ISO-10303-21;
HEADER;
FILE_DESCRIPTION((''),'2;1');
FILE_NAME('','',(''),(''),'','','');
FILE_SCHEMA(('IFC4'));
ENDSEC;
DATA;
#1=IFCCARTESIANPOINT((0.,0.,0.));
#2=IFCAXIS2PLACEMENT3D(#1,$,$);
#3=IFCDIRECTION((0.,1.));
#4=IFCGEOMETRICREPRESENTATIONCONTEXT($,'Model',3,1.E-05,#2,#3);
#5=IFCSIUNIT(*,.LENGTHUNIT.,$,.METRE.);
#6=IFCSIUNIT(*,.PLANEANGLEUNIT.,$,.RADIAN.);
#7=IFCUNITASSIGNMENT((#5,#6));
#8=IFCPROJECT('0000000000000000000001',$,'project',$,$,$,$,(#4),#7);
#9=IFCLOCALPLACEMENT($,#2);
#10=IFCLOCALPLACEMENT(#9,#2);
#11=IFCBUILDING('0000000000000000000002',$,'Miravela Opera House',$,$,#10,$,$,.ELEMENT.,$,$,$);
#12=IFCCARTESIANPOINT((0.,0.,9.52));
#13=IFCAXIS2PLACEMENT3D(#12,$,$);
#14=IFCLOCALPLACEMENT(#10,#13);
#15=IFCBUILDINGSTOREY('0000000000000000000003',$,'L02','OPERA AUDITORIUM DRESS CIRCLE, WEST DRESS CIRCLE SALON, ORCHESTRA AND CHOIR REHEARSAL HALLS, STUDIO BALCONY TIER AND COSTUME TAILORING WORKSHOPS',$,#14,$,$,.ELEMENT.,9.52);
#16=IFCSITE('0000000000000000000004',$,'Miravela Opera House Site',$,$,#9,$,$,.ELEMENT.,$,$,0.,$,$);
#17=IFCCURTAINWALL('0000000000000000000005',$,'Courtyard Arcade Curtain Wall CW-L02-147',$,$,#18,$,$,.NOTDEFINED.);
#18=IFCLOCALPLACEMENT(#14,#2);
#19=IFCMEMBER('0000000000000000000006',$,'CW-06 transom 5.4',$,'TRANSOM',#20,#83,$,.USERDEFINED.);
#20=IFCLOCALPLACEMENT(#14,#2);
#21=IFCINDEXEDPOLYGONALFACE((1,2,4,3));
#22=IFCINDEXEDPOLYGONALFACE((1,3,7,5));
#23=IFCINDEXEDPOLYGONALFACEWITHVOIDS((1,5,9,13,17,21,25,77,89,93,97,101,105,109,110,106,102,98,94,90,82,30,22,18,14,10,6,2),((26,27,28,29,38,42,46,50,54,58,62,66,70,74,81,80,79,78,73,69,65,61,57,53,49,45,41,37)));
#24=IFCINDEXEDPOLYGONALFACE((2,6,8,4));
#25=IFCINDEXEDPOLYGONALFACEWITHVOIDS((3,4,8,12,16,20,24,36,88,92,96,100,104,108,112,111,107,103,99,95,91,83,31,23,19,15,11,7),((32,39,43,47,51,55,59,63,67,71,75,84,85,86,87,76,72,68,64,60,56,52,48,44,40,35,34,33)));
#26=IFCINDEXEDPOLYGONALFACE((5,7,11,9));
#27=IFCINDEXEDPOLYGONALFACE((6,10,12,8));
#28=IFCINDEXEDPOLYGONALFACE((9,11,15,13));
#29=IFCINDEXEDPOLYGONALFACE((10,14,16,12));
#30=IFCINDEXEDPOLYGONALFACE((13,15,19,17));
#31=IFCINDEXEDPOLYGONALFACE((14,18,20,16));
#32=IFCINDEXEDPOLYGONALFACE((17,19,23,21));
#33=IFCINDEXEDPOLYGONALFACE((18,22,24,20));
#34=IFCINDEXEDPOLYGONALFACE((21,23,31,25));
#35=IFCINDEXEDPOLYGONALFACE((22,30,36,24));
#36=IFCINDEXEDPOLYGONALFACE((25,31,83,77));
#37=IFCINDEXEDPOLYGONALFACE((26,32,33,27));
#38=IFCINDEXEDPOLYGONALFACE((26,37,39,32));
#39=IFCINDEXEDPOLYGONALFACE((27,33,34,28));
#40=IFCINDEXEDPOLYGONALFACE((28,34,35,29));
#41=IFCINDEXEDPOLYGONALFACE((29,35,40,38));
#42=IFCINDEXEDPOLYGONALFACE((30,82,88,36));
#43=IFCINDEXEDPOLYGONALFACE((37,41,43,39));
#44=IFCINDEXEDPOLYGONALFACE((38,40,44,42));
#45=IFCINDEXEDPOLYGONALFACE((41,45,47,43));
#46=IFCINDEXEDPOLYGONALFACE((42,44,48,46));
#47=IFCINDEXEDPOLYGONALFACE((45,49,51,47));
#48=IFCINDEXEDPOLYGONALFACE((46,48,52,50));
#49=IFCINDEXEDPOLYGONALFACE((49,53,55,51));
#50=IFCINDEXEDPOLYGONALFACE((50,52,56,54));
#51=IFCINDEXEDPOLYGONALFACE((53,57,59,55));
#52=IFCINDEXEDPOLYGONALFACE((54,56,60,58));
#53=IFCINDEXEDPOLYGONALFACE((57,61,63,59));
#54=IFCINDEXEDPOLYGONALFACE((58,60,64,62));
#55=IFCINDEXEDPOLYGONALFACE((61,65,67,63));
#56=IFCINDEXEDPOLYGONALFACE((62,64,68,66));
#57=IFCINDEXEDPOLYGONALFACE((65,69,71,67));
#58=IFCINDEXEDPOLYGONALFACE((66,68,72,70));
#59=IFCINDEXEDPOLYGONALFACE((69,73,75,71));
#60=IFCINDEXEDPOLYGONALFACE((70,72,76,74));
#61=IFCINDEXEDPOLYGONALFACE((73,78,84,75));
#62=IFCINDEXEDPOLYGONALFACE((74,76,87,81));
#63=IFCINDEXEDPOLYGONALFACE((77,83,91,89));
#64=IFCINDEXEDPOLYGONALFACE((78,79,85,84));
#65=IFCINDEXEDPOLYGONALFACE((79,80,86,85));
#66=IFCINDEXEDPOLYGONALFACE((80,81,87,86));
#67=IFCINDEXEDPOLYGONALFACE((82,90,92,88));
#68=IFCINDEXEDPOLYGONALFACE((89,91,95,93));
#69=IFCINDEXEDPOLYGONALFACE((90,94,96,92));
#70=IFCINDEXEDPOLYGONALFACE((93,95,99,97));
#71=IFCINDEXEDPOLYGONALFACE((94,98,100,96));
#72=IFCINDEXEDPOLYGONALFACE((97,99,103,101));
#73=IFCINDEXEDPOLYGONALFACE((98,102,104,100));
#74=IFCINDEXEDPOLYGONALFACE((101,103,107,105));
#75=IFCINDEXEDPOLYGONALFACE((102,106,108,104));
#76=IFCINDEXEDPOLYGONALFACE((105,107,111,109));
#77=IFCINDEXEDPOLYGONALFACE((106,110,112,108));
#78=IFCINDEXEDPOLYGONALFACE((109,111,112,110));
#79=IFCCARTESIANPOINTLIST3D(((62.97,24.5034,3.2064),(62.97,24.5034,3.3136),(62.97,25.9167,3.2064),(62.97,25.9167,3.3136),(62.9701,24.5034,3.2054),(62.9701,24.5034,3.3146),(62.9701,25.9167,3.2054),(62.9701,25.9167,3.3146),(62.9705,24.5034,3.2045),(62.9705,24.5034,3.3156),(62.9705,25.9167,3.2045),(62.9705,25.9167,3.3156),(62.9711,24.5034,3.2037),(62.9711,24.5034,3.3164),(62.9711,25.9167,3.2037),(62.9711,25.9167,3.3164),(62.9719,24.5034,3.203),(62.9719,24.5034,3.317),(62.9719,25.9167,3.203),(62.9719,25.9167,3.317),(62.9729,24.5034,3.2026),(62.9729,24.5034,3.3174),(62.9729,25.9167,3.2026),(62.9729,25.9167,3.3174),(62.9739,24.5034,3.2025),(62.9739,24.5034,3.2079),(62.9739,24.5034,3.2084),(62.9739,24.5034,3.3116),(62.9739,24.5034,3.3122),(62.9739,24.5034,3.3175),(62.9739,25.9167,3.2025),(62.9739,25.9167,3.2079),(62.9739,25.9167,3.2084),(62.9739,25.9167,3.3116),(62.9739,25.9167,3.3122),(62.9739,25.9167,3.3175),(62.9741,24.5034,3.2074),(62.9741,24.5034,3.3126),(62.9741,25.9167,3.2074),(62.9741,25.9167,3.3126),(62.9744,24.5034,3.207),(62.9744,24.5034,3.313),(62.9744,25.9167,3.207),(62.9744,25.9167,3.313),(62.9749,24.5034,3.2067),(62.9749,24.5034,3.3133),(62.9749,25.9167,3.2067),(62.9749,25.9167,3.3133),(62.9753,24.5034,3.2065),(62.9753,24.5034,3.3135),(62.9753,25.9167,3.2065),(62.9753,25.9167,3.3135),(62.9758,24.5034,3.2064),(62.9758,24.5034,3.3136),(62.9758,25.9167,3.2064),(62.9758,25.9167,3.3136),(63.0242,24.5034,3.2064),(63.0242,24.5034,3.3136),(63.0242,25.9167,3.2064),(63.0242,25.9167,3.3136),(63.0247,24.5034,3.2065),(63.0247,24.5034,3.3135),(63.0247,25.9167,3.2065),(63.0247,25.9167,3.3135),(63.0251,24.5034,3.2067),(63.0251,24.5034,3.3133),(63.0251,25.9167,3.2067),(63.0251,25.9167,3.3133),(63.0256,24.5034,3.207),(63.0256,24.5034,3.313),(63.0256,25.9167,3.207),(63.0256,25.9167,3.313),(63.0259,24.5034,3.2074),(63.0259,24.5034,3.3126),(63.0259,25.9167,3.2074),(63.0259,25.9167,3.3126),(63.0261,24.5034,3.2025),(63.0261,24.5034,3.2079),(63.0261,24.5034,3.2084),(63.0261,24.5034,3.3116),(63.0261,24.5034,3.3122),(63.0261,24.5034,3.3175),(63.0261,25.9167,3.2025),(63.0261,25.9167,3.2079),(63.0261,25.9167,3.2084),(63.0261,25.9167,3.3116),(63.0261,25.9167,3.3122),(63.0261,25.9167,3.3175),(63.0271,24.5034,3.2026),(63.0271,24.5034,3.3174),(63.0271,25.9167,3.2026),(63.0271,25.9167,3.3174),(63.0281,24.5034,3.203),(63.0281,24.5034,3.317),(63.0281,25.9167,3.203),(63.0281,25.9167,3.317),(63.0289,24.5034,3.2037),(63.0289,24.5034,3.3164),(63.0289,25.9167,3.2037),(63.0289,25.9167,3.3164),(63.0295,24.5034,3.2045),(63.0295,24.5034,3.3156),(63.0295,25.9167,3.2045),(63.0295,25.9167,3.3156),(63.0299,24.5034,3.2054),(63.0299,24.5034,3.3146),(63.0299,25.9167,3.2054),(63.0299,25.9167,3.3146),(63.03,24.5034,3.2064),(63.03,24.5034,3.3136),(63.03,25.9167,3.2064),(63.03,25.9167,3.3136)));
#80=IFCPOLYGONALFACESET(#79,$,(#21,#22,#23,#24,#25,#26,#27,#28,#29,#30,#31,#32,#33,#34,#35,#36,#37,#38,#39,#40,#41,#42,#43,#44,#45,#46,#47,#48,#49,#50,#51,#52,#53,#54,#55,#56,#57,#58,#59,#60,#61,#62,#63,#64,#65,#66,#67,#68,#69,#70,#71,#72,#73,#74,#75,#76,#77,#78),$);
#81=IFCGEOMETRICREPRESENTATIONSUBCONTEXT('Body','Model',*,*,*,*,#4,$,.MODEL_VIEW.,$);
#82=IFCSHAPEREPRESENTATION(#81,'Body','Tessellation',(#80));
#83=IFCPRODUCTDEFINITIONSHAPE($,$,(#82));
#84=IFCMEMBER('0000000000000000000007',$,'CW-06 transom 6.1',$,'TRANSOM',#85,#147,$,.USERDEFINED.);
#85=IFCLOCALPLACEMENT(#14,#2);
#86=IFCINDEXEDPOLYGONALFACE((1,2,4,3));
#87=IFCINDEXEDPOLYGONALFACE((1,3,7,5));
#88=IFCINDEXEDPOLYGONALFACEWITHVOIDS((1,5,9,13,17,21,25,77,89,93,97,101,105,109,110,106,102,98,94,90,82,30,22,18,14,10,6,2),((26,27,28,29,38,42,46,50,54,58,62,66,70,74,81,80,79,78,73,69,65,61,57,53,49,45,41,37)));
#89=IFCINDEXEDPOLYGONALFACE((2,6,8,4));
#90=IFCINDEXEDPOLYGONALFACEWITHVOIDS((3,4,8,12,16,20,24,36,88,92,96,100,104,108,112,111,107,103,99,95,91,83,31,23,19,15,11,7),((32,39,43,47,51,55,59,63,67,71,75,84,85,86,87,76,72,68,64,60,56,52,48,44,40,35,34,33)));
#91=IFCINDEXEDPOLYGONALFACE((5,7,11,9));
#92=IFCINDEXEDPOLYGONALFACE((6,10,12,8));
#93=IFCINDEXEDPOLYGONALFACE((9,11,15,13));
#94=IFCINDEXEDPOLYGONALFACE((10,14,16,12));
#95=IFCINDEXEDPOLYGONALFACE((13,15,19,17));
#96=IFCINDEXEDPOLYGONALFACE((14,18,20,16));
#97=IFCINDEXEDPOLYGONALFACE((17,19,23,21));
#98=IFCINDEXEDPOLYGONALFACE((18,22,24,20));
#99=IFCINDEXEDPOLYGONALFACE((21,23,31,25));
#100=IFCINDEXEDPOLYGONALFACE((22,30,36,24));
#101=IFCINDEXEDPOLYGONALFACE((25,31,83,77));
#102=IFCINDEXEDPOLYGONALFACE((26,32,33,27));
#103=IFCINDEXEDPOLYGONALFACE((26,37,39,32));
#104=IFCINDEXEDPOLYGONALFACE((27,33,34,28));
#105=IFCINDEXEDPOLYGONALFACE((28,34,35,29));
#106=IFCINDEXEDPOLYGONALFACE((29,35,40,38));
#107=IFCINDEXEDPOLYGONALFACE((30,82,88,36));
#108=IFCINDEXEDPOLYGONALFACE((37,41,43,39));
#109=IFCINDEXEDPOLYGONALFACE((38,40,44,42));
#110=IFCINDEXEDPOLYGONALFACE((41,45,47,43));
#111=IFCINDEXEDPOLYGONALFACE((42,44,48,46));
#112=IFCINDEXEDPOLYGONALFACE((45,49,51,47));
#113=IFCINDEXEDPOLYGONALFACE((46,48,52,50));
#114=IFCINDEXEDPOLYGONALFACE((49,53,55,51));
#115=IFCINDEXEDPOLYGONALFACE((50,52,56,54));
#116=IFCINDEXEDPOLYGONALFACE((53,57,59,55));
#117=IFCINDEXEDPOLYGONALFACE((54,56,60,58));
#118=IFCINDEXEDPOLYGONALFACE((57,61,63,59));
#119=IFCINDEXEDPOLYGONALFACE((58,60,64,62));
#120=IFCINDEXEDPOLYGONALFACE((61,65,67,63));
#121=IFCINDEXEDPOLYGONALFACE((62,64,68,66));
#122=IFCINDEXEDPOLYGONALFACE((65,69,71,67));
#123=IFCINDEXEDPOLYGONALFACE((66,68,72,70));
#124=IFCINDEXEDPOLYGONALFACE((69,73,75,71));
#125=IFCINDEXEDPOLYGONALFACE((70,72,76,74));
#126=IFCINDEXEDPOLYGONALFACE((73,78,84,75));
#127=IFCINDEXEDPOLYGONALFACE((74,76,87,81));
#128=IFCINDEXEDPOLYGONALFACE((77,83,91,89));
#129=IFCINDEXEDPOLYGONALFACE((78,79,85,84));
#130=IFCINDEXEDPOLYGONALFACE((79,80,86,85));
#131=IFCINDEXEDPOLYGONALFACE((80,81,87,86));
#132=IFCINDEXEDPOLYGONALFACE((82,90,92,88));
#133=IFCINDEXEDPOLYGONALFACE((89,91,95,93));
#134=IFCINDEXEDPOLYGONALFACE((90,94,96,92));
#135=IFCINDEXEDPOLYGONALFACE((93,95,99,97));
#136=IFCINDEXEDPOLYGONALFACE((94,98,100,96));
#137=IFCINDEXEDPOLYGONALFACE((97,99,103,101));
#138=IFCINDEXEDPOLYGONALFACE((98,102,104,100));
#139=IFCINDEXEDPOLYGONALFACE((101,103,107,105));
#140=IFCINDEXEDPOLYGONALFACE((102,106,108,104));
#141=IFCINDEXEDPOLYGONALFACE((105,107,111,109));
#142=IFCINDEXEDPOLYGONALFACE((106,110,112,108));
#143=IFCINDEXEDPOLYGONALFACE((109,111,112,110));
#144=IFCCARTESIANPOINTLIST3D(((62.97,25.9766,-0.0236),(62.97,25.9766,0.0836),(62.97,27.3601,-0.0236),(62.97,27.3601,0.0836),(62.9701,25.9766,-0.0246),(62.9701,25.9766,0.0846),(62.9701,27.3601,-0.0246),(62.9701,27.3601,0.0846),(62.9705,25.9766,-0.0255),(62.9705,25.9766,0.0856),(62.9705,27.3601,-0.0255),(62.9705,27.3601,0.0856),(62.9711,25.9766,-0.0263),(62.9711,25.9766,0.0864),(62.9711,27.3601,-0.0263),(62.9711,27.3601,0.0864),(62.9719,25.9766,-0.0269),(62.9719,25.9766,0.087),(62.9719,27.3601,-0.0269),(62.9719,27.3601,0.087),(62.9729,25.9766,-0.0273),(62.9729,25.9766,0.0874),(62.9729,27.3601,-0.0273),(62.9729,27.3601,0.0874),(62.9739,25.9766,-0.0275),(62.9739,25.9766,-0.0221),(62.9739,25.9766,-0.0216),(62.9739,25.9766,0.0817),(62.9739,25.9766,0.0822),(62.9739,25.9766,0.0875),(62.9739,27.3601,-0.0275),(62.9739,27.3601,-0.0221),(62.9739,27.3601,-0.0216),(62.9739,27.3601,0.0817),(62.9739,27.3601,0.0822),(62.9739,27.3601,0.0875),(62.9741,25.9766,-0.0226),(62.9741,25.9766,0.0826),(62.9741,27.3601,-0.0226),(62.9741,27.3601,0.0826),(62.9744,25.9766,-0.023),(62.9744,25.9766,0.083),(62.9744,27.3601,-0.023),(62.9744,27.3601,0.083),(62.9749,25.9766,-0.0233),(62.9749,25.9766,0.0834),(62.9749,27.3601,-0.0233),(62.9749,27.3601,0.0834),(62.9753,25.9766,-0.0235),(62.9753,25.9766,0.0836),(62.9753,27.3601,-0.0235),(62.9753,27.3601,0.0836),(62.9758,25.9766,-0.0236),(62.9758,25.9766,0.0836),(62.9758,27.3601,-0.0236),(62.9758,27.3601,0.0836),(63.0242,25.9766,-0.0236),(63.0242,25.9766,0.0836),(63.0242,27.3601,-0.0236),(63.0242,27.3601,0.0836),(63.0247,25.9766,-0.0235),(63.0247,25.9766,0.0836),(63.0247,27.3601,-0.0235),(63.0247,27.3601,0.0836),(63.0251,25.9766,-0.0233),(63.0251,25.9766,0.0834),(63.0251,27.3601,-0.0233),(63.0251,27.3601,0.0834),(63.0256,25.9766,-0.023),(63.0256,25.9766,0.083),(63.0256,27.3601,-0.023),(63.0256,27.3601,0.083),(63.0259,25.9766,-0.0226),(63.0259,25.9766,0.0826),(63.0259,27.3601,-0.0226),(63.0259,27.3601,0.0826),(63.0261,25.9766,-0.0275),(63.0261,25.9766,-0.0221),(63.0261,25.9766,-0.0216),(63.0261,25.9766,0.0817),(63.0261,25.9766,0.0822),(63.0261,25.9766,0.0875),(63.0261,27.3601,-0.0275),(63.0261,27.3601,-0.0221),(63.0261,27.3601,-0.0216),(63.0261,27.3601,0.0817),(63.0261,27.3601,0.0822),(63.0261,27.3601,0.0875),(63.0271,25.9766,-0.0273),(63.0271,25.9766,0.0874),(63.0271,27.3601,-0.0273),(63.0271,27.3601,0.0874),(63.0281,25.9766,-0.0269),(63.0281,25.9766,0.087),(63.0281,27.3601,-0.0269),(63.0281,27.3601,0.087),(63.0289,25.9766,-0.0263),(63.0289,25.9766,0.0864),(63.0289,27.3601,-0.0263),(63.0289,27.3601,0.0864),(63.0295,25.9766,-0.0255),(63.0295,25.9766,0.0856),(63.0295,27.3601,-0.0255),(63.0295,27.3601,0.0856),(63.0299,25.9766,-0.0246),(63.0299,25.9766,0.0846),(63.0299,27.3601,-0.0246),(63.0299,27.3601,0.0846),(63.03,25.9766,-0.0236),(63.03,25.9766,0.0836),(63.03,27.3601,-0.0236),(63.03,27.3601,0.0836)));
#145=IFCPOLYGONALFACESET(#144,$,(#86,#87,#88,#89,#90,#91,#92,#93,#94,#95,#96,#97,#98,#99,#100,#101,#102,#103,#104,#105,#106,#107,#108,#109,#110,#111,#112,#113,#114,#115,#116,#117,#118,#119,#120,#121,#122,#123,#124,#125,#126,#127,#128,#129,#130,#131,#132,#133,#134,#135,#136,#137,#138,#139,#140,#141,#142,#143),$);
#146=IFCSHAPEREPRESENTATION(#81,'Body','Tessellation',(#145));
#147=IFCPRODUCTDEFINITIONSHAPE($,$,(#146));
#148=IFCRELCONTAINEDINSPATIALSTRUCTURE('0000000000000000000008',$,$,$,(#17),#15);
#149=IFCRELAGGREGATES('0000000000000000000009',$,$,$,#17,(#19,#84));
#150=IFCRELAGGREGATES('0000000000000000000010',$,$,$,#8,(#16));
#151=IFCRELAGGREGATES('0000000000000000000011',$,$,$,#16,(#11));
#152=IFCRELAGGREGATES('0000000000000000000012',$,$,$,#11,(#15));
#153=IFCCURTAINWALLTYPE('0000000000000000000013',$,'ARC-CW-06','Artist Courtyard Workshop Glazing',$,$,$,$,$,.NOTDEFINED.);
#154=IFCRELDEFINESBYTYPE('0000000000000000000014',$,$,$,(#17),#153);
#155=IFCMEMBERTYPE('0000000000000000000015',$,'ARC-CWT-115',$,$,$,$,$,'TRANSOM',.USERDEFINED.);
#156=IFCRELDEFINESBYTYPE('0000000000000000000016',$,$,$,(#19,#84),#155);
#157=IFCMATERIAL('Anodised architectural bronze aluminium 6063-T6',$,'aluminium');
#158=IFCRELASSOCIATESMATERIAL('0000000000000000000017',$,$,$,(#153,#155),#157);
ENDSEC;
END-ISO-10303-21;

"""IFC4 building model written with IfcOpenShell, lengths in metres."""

from ifc_helpers import new_model, si_unit, direction, frame, origin, origin_2d, place, context, subcontext, project, spatial, hollow_rectangle, extrude, material, material_profile, profile_set, type_object, element, aggregate, save


model = new_model("IFC4")

# Units and contexts
model_context = context("Model", 3, precision=1e-05, world=origin(), true_north=direction((0.0, 1.0)))
body_context = subcontext(model_context, "Body", "Model", "MODEL_VIEW")
ifc_project = project(units=[si_unit("LENGTHUNIT", "METRE"), si_unit("PLANEANGLEUNIT", "RADIAN")], contexts=[model_context])

# Site, building, storey
site_placement = place(None, origin())
site = spatial("IfcSite", under=ifc_project, at=site_placement, Name="Miravela Opera House Site", CompositionType="ELEMENT", RefElevation=0.0)
building_placement = place(site_placement, origin())
building = spatial("IfcBuilding", under=site, at=building_placement, Name="Miravela Opera House", CompositionType="ELEMENT")
storey_placement = place(building_placement, frame((0.0, 0.0, 9.52)))
storey = spatial("IfcBuildingStorey", under=building, at=storey_placement, Name="L02", Description="OPERA AUDITORIUM DRESS CIRCLE, WEST DRESS CIRCLE SALON, ORCHESTRA AND CHOIR REHEARSAL HALLS, STUDIO BALCONY TIER AND COSTUME TAILORING WORKSHOPS", CompositionType="ELEMENT", Elevation=9.52)

# Curtain wall, members
ifc_material_1 = material(Name="Anodised architectural bronze aluminium 6063-T6", Category="aluminium")
curtain_wall_type = type_object("IfcCurtainWallType", Name="ARC-CW-06", Description="Artist Courtyard Workshop Glazing", PredefinedType="NOTDEFINED", material=ifc_material_1)
curtain_wall_1_placement = place(storey_placement, origin())
curtain_wall_1 = element("IfcCurtainWall", 1, at=curtain_wall_1_placement, inside=storey, type_object=curtain_wall_type, Name="Courtyard Arcade Curtain Wall CW-L02-147", PredefinedType="NOTDEFINED")
ifc_material_profile_1 = material_profile(ifc_material_1, hollow_rectangle(XDim=0.0601, YDim=0.115, WallThickness=0.0039, InnerFilletRadius=0.002, OuterFilletRadius=0.0039, at=origin_2d()), Name="CWT-60X115")
ifc_profile_set_1 = profile_set([ifc_material_profile_1])
member_type_1 = type_object("IfcMemberType", Name="ARC-CWT-115", ElementType="TRANSOM", PredefinedType="USERDEFINED", material=ifc_profile_set_1)
member_1_placement = place(storey_placement, frame((63.0, 24.5034, 3.26), z_axis=(0.0, 1.0, 0.0), x_axis=(-1.0, 0.0, 0.0)))
member_1 = element("IfcMember", 2, at=member_1_placement, type_object=member_type_1, Name="CW-06 transom 5.4", ObjectType="TRANSOM", PredefinedType="USERDEFINED", context=body_context, shape_type="SweptSolid", body=[
    extrude(hollow_rectangle(XDim=0.0601, YDim=0.115, WallThickness=0.0039, InnerFilletRadius=0.002, OuterFilletRadius=0.0039, at=origin_2d()), origin(), (0.0, 0.0, 1.0), 1.4133),
])
member_2_placement = place(storey_placement, frame((63.0, 25.9766, 0.03), z_axis=(0.0, 1.0, 0.0), x_axis=(-1.0, 0.0, 0.0)))
member_2 = element("IfcMember", 3, at=member_2_placement, type_object=member_type_1, Name="CW-06 transom 6.1", ObjectType="TRANSOM", PredefinedType="USERDEFINED", context=body_context, shape_type="SweptSolid", body=[
    extrude(hollow_rectangle(XDim=0.0601, YDim=0.115, WallThickness=0.0039, InnerFilletRadius=0.002, OuterFilletRadius=0.0039, at=origin_2d()), origin(), (0.0, 0.0, 1.0), 1.3835),
])

aggregate(curtain_wall_1, [member_1, member_2])

save(model, "model.ifc")
